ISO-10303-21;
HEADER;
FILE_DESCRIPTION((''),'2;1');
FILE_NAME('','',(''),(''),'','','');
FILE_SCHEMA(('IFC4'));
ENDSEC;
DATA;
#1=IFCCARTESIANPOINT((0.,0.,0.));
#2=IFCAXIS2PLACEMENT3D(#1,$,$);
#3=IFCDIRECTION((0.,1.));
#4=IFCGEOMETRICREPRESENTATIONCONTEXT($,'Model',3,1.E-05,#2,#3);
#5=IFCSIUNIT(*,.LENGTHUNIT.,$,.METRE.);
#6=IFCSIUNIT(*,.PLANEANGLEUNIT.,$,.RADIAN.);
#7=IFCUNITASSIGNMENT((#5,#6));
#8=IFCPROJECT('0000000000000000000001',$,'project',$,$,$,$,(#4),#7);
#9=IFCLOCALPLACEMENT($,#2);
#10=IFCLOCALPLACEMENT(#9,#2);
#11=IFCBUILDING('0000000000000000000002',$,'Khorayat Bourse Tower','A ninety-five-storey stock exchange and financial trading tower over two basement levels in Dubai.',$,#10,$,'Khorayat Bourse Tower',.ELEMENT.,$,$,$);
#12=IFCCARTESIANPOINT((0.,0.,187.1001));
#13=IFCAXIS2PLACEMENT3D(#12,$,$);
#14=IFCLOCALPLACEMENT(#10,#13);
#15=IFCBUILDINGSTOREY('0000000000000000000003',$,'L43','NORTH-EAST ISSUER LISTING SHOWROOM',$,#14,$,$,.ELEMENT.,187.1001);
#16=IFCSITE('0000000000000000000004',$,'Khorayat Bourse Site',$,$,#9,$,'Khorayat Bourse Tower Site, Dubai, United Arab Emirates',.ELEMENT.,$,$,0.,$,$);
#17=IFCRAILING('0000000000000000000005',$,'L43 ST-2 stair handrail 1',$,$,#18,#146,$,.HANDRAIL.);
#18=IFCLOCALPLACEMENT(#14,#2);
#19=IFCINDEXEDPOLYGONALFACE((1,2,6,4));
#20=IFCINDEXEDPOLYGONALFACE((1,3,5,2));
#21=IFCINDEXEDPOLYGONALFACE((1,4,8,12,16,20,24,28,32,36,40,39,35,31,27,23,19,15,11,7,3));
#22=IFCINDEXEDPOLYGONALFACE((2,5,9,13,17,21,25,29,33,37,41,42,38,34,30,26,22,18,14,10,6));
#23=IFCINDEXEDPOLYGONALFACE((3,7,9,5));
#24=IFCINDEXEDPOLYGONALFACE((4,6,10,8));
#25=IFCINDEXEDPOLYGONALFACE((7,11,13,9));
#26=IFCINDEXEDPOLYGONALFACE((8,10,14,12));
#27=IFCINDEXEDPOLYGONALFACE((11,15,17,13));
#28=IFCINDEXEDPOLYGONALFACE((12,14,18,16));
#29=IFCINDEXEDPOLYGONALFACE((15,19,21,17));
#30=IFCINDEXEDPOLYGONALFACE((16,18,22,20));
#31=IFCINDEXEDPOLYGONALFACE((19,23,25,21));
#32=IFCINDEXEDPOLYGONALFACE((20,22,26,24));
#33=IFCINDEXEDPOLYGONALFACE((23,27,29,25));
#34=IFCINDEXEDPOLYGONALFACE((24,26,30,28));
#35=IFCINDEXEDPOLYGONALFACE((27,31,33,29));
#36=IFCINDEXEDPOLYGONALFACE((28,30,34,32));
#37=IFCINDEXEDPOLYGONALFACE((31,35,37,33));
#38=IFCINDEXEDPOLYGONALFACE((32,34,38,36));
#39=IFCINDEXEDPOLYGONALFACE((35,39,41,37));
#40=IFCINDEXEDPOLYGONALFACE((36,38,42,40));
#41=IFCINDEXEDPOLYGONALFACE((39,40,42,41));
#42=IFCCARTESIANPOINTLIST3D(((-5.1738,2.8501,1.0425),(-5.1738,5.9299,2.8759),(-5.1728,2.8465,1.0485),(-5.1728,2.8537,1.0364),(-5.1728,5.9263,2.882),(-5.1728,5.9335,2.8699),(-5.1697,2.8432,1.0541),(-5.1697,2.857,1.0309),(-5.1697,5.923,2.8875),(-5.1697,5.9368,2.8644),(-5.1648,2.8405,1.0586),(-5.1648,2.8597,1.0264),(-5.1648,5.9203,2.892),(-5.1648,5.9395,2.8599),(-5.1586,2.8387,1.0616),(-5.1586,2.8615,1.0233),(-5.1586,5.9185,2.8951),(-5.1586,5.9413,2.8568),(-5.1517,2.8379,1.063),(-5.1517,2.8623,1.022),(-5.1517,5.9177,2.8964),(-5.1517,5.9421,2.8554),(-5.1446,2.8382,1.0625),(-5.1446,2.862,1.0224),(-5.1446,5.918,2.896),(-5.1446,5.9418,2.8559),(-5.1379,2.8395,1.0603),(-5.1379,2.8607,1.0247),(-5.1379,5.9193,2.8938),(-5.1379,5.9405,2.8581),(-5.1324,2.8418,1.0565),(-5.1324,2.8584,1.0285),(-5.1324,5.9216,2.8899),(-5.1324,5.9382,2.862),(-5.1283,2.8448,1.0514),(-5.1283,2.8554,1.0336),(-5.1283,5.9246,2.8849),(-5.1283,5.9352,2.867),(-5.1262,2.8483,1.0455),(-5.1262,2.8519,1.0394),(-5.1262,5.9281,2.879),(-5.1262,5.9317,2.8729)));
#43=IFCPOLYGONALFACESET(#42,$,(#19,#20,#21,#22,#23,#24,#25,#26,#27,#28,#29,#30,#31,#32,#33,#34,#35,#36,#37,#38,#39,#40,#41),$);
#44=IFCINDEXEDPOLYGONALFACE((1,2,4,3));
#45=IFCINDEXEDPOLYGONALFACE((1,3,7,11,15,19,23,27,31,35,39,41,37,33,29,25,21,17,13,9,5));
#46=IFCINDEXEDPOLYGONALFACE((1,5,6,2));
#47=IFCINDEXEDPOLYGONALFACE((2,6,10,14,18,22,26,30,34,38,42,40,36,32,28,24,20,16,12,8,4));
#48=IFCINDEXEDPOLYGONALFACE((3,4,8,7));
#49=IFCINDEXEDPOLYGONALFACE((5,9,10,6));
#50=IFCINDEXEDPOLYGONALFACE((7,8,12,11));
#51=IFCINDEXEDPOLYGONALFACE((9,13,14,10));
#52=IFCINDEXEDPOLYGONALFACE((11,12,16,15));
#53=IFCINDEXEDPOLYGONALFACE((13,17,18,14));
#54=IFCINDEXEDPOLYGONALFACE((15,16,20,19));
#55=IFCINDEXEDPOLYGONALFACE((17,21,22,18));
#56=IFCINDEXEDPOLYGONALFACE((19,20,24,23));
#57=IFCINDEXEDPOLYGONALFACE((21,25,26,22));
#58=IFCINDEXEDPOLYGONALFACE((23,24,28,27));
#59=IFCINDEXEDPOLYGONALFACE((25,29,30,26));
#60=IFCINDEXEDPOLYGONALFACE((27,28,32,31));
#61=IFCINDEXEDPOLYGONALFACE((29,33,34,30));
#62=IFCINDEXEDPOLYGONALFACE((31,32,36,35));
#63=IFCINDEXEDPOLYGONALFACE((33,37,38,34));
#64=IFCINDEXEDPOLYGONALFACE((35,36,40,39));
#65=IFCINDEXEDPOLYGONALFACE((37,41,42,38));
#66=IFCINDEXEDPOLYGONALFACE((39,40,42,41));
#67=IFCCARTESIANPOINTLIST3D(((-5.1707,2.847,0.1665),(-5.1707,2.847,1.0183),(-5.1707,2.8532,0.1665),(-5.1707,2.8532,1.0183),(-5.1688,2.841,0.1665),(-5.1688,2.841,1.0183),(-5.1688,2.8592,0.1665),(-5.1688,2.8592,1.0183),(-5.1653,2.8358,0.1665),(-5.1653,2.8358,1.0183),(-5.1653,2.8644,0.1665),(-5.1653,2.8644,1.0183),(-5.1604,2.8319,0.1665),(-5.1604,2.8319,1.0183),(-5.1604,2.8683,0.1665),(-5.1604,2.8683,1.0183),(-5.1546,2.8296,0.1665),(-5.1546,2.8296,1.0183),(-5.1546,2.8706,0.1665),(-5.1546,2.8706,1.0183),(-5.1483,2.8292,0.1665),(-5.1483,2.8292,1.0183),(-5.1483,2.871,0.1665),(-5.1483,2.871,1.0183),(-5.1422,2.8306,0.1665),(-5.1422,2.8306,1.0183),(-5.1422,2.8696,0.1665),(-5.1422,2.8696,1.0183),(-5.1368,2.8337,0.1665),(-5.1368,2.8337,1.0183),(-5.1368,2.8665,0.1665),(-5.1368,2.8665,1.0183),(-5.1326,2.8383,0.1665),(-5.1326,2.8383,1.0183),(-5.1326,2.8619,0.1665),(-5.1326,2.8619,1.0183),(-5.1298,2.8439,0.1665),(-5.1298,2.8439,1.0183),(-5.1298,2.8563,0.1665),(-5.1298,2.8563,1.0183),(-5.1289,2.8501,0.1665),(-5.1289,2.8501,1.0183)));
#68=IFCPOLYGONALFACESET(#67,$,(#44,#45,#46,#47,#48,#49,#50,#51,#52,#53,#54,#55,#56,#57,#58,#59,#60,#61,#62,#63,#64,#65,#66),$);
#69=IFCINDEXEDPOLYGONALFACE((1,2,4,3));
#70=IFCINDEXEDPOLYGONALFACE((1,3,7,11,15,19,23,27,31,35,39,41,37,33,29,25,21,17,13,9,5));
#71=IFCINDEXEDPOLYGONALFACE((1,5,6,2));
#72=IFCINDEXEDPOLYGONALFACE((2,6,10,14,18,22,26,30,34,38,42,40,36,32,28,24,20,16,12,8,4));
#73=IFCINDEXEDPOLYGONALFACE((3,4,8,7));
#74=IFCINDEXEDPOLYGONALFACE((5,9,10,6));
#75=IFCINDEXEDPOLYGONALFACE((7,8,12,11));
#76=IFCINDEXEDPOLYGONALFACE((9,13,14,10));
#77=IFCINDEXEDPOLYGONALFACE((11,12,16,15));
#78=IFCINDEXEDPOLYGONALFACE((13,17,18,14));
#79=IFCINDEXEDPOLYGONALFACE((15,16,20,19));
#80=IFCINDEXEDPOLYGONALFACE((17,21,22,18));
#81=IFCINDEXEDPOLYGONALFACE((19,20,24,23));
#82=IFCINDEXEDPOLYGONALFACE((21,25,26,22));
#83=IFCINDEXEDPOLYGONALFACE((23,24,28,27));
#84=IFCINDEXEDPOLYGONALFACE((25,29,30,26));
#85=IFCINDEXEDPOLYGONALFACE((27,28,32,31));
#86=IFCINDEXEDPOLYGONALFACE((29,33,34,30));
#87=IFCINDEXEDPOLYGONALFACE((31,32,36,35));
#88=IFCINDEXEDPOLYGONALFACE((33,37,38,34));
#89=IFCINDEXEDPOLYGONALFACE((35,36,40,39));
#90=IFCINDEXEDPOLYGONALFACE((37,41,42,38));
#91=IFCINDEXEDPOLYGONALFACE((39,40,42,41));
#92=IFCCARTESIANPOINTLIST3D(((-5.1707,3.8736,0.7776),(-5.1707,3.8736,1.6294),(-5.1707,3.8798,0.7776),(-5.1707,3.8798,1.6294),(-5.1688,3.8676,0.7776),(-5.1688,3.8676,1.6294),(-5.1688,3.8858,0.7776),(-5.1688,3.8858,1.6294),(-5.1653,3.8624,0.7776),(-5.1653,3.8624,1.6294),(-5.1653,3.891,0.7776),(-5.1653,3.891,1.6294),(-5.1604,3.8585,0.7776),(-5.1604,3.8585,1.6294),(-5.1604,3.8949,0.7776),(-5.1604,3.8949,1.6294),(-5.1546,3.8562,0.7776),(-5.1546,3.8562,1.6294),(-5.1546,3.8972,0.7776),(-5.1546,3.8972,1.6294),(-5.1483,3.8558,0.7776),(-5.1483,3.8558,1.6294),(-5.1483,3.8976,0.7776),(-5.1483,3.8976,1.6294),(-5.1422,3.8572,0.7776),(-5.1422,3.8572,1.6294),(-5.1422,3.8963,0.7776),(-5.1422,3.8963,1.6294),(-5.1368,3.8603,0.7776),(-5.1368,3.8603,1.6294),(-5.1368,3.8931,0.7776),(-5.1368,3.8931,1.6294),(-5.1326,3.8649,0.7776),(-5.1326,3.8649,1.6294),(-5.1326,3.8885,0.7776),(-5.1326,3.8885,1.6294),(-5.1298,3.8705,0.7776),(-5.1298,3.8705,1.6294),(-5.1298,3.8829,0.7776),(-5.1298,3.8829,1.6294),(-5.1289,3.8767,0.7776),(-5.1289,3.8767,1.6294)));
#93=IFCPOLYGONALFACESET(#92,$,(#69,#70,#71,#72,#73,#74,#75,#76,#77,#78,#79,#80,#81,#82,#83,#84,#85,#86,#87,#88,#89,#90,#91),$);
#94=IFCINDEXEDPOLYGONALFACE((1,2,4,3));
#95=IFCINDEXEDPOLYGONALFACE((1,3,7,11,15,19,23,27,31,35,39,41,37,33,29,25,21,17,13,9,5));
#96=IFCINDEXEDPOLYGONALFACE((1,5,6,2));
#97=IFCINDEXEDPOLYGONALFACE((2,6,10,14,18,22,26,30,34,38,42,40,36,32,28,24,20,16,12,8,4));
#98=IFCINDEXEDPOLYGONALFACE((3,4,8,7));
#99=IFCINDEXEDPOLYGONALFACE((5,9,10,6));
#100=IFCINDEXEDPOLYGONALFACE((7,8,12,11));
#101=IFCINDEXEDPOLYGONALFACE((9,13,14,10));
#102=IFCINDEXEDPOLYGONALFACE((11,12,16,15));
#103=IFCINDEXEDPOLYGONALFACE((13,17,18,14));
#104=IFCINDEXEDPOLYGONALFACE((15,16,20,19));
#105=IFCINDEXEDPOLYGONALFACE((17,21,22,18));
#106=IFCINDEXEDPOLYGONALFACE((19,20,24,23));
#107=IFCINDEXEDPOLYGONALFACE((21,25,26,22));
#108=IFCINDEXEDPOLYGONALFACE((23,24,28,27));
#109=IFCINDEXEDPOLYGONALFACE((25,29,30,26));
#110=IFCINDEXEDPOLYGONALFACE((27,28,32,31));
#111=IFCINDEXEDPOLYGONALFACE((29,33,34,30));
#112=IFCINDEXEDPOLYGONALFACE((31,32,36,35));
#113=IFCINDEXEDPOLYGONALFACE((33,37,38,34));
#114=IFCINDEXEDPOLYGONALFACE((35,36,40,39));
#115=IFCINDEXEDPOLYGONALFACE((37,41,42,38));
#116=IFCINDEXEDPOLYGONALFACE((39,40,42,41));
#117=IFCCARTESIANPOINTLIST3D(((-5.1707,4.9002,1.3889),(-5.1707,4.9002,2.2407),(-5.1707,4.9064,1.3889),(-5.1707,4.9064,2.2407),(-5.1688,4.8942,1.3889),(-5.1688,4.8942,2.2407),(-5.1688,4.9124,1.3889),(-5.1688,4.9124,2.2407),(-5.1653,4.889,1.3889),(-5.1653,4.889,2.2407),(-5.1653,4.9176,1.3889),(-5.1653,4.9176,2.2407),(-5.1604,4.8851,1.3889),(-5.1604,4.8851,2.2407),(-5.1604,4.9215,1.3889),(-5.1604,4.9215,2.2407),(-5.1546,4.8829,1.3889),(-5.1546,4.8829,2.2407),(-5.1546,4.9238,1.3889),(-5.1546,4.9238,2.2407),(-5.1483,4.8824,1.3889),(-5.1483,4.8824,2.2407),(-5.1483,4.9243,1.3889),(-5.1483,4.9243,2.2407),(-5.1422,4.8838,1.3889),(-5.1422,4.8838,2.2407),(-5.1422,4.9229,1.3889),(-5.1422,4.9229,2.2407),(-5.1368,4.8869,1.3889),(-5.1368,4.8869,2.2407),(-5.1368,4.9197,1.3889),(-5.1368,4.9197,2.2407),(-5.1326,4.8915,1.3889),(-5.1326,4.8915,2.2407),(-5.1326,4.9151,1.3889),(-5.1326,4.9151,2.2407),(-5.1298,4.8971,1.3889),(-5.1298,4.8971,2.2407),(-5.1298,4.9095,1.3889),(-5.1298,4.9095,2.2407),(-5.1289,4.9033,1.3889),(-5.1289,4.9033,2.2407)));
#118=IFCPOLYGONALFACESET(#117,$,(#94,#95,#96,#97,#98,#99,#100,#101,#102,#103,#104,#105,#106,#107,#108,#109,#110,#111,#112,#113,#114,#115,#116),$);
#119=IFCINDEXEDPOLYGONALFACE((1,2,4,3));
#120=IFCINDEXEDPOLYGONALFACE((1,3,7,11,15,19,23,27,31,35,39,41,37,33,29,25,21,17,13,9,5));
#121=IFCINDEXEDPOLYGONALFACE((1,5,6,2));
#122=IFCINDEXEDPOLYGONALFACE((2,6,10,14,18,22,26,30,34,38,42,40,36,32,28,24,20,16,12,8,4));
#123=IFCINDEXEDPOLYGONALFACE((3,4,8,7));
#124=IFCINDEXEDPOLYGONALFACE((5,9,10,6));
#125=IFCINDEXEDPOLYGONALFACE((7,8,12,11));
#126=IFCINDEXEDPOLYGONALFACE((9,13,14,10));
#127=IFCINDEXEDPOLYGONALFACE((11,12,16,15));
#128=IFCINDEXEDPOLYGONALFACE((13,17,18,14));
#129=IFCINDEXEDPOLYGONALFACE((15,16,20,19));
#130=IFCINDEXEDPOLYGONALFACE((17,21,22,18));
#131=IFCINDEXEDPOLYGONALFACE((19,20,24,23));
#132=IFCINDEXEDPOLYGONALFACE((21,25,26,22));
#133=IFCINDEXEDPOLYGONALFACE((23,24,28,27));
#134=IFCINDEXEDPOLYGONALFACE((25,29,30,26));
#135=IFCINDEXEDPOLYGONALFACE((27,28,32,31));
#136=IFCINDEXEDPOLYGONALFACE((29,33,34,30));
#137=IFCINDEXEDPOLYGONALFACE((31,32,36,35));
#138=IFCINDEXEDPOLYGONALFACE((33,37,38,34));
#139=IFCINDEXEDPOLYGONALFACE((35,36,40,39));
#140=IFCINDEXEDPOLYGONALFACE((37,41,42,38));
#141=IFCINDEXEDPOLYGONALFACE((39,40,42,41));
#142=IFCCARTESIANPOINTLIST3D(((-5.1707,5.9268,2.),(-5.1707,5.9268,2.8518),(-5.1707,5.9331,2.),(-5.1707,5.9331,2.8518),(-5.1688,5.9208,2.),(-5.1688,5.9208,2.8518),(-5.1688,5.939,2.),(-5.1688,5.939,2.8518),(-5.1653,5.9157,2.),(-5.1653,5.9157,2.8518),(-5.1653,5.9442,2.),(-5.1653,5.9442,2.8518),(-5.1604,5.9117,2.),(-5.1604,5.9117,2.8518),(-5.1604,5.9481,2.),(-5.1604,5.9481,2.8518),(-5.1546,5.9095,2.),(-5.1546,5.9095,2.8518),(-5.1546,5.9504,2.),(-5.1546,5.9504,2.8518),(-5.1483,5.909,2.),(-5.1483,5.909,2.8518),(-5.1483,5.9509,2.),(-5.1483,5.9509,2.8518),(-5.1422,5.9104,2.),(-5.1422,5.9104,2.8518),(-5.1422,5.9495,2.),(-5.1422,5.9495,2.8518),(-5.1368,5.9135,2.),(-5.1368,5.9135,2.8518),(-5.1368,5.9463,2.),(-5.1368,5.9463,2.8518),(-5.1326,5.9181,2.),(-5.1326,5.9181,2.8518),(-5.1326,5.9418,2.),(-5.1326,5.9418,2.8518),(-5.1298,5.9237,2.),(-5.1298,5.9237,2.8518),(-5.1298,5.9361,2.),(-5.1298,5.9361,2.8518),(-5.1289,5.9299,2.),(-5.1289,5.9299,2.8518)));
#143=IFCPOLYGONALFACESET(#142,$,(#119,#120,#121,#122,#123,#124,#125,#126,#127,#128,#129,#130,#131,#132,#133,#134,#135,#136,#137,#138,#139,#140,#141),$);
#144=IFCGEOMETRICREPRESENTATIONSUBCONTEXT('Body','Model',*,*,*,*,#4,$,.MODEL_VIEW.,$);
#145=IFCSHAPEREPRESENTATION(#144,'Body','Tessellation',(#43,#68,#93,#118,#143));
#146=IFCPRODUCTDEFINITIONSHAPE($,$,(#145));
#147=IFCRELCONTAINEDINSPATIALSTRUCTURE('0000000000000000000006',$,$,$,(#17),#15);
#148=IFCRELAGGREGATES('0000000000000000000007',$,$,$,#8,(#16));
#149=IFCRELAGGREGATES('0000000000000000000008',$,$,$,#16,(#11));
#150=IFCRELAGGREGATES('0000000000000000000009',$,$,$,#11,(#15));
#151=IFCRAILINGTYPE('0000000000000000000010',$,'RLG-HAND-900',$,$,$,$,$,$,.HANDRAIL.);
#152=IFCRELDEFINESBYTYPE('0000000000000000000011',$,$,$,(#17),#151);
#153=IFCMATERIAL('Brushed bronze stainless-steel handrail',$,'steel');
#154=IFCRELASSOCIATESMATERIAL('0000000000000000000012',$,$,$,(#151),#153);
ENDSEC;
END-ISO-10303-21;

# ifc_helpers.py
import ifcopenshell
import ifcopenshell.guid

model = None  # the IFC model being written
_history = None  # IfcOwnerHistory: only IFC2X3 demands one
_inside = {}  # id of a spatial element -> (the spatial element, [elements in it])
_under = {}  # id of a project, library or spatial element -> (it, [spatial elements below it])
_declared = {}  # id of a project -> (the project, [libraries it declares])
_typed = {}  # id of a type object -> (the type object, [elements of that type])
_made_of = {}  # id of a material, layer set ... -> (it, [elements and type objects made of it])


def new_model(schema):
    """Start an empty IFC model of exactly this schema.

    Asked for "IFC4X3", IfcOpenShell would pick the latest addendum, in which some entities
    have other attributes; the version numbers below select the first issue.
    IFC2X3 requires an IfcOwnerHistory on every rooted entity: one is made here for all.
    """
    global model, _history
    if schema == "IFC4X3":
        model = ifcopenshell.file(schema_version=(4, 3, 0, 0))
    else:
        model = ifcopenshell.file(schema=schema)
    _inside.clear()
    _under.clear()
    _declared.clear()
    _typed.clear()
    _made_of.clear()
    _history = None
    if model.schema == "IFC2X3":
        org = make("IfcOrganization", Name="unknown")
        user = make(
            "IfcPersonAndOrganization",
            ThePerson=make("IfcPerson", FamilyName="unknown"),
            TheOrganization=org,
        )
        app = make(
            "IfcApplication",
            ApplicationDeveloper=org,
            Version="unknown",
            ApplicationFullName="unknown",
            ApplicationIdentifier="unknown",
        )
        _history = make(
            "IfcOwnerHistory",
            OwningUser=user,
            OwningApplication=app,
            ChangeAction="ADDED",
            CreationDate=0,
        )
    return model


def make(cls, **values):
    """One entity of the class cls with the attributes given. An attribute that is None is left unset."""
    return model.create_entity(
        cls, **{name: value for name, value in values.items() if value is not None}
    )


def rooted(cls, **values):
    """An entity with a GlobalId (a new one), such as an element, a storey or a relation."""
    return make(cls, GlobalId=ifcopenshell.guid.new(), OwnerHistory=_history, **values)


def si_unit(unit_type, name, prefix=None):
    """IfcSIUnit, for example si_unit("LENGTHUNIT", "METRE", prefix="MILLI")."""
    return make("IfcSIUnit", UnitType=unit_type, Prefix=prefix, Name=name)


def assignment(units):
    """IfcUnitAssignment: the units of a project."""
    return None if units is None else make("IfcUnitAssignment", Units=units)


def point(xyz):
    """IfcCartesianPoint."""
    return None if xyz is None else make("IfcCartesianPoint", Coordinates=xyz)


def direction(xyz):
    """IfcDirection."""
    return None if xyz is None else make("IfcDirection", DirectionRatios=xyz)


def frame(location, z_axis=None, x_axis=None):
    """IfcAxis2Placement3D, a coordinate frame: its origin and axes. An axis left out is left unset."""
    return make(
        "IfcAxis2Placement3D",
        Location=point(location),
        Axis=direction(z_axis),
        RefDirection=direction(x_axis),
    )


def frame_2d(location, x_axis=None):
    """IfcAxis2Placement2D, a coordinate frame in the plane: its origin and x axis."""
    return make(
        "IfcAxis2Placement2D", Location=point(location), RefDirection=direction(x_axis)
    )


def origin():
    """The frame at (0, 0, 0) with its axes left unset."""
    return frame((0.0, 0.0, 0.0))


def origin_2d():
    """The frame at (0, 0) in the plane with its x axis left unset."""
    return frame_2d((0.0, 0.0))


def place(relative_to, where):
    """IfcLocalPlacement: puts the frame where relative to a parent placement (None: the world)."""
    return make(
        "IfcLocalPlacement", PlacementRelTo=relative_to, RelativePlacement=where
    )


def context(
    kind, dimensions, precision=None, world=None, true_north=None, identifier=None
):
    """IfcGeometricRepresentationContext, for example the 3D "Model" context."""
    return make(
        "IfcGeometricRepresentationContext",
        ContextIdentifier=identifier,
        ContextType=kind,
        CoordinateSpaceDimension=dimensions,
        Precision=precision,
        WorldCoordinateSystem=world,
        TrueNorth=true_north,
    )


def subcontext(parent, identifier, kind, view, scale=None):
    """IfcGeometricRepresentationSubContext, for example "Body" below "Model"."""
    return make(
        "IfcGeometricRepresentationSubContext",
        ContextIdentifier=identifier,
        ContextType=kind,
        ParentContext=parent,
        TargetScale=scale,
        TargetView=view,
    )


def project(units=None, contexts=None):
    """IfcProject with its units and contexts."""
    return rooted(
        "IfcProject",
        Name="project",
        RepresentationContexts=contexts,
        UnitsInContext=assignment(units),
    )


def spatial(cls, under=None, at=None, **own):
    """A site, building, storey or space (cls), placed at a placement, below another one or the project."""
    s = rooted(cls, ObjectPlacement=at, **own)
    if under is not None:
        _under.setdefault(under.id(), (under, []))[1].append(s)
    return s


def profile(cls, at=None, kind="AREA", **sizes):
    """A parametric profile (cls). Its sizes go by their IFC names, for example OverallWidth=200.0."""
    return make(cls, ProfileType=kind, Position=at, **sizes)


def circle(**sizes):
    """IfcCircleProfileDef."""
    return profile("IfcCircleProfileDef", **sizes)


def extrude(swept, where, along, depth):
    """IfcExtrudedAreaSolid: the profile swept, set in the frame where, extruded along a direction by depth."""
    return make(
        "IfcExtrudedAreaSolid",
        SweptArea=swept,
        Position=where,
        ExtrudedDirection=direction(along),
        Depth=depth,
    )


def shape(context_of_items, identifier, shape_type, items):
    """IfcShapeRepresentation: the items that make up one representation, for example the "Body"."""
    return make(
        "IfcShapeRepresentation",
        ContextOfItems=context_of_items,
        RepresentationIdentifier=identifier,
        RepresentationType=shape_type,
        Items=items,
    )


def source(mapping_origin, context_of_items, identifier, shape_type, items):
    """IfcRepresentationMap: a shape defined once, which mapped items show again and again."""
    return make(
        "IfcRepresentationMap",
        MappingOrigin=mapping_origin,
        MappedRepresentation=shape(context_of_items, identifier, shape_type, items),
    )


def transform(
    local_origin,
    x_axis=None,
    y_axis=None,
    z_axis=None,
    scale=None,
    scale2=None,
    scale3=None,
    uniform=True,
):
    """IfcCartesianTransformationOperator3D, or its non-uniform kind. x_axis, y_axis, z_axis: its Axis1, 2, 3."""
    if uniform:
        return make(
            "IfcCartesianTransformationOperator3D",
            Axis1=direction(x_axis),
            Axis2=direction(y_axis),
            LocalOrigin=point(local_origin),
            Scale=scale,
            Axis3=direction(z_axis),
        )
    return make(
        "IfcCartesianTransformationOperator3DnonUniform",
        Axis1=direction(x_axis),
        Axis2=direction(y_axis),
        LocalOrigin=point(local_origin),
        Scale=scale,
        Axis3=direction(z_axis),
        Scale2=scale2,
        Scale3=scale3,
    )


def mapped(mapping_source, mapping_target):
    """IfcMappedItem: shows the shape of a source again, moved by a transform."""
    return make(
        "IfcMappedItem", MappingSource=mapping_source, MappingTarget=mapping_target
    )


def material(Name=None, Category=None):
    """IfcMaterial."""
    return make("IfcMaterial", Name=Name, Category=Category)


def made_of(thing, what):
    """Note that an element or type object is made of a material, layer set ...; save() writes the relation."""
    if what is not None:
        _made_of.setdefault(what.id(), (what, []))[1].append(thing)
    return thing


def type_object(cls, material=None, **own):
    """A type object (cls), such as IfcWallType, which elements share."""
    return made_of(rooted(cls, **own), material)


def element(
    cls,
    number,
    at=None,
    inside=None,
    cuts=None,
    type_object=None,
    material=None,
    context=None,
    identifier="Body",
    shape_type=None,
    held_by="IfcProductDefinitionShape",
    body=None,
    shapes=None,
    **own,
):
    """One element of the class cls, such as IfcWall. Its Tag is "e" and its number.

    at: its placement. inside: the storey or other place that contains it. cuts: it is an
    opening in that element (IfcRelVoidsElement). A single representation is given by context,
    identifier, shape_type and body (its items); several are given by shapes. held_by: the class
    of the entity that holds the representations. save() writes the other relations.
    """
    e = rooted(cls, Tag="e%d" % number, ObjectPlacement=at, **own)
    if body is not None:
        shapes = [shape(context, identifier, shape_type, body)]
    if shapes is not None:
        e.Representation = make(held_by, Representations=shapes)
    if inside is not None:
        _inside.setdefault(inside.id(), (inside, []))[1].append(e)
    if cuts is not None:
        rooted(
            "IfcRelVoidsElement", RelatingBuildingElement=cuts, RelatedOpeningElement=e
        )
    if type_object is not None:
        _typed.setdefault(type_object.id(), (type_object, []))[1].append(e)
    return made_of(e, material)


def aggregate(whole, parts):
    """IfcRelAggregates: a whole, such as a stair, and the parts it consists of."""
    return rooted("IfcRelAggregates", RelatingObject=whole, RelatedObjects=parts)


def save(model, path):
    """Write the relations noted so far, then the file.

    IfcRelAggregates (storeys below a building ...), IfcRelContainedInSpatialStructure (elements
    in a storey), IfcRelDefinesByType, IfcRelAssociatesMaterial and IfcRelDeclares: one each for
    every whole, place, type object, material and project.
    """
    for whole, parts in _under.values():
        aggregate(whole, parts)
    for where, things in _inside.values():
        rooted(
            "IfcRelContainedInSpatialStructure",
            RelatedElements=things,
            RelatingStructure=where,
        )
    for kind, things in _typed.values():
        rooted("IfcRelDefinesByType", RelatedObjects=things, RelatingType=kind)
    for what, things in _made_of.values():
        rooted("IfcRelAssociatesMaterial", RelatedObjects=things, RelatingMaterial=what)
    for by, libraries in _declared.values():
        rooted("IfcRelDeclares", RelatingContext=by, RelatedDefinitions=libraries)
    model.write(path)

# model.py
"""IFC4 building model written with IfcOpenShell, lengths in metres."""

from ifc_helpers import new_model, si_unit, direction, frame, origin, origin_2d, place, context, subcontext, project, spatial, circle, extrude, source, transform, mapped, material, type_object, element, save


model = new_model("IFC4")

# Units and contexts
model_context = context("Model", 3, precision=1e-05, world=origin(), true_north=direction((0.0, 1.0)))
body_context = subcontext(model_context, "Body", "Model", "MODEL_VIEW")
ifc_project = project(units=[si_unit("LENGTHUNIT", "METRE"), si_unit("PLANEANGLEUNIT", "RADIAN")], contexts=[model_context])

# Site, building, storey
site_placement = place(None, origin())
site = spatial("IfcSite", under=ifc_project, at=site_placement, Name="Khorayat Bourse Site", LongName="Khorayat Bourse Tower Site, Dubai, United Arab Emirates", CompositionType="ELEMENT", RefElevation=0.0)
building_placement = place(site_placement, origin())
building = spatial("IfcBuilding", under=site, at=building_placement, Name="Khorayat Bourse Tower", Description="A ninety-five-storey stock exchange and financial trading tower over two basement levels in Dubai.", LongName="Khorayat Bourse Tower", CompositionType="ELEMENT")
storey_placement = place(building_placement, frame((0.0, 0.0, 187.1001)))
storey = spatial("IfcBuildingStorey", under=building, at=storey_placement, Name="L43", Description="NORTH-EAST ISSUER LISTING SHOWROOM", CompositionType="ELEMENT", Elevation=187.1001)

# Railing
ifc_material_1 = material(Name="Brushed bronze stainless-steel handrail", Category="steel")
railing_type_1 = type_object("IfcRailingType", Name="RLG-HAND-900", PredefinedType="HANDRAIL", material=ifc_material_1)
shared_shape_1 = source(origin(), body_context, "Body", "SweptSolid", [
    extrude(circle(Radius=0.0239, at=origin_2d()), frame((0.0, 0.0, 0.876), z_axis=(0.0, 0.859261, 0.511538), x_axis=(-1.0, 0.0, 0.0)), (0.0, 0.0, 1.0), 3.5842),
    extrude(circle(Radius=0.021, at=origin_2d()), origin(), (0.0, 0.0, 1.0), 0.8518),
    extrude(circle(Radius=0.021, at=origin_2d()), frame((0.0, 1.0266, 0.6111)), (0.0, 0.0, 1.0), 0.8518),
    extrude(circle(Radius=0.021, at=origin_2d()), frame((0.0, 2.0532, 1.2224)), (0.0, 0.0, 1.0), 0.8518),
    extrude(circle(Radius=0.021, at=origin_2d()), frame((0.0, 3.0798, 1.8335)), (0.0, 0.0, 1.0), 0.8518),
])
railing_1_placement = place(storey_placement, frame((-5.1499, 2.8501, 0.1665)))
element("IfcRailing", 1, at=railing_1_placement, inside=storey, type_object=railing_type_1, Name="L43 ST-2 stair handrail 1", PredefinedType="HANDRAIL", context=body_context, shape_type="MappedRepresentation", body=[
    mapped(shared_shape_1, transform((0.0, 0.0, 0.0), scale=1.0)),
])

save(model, "model.ifc")
